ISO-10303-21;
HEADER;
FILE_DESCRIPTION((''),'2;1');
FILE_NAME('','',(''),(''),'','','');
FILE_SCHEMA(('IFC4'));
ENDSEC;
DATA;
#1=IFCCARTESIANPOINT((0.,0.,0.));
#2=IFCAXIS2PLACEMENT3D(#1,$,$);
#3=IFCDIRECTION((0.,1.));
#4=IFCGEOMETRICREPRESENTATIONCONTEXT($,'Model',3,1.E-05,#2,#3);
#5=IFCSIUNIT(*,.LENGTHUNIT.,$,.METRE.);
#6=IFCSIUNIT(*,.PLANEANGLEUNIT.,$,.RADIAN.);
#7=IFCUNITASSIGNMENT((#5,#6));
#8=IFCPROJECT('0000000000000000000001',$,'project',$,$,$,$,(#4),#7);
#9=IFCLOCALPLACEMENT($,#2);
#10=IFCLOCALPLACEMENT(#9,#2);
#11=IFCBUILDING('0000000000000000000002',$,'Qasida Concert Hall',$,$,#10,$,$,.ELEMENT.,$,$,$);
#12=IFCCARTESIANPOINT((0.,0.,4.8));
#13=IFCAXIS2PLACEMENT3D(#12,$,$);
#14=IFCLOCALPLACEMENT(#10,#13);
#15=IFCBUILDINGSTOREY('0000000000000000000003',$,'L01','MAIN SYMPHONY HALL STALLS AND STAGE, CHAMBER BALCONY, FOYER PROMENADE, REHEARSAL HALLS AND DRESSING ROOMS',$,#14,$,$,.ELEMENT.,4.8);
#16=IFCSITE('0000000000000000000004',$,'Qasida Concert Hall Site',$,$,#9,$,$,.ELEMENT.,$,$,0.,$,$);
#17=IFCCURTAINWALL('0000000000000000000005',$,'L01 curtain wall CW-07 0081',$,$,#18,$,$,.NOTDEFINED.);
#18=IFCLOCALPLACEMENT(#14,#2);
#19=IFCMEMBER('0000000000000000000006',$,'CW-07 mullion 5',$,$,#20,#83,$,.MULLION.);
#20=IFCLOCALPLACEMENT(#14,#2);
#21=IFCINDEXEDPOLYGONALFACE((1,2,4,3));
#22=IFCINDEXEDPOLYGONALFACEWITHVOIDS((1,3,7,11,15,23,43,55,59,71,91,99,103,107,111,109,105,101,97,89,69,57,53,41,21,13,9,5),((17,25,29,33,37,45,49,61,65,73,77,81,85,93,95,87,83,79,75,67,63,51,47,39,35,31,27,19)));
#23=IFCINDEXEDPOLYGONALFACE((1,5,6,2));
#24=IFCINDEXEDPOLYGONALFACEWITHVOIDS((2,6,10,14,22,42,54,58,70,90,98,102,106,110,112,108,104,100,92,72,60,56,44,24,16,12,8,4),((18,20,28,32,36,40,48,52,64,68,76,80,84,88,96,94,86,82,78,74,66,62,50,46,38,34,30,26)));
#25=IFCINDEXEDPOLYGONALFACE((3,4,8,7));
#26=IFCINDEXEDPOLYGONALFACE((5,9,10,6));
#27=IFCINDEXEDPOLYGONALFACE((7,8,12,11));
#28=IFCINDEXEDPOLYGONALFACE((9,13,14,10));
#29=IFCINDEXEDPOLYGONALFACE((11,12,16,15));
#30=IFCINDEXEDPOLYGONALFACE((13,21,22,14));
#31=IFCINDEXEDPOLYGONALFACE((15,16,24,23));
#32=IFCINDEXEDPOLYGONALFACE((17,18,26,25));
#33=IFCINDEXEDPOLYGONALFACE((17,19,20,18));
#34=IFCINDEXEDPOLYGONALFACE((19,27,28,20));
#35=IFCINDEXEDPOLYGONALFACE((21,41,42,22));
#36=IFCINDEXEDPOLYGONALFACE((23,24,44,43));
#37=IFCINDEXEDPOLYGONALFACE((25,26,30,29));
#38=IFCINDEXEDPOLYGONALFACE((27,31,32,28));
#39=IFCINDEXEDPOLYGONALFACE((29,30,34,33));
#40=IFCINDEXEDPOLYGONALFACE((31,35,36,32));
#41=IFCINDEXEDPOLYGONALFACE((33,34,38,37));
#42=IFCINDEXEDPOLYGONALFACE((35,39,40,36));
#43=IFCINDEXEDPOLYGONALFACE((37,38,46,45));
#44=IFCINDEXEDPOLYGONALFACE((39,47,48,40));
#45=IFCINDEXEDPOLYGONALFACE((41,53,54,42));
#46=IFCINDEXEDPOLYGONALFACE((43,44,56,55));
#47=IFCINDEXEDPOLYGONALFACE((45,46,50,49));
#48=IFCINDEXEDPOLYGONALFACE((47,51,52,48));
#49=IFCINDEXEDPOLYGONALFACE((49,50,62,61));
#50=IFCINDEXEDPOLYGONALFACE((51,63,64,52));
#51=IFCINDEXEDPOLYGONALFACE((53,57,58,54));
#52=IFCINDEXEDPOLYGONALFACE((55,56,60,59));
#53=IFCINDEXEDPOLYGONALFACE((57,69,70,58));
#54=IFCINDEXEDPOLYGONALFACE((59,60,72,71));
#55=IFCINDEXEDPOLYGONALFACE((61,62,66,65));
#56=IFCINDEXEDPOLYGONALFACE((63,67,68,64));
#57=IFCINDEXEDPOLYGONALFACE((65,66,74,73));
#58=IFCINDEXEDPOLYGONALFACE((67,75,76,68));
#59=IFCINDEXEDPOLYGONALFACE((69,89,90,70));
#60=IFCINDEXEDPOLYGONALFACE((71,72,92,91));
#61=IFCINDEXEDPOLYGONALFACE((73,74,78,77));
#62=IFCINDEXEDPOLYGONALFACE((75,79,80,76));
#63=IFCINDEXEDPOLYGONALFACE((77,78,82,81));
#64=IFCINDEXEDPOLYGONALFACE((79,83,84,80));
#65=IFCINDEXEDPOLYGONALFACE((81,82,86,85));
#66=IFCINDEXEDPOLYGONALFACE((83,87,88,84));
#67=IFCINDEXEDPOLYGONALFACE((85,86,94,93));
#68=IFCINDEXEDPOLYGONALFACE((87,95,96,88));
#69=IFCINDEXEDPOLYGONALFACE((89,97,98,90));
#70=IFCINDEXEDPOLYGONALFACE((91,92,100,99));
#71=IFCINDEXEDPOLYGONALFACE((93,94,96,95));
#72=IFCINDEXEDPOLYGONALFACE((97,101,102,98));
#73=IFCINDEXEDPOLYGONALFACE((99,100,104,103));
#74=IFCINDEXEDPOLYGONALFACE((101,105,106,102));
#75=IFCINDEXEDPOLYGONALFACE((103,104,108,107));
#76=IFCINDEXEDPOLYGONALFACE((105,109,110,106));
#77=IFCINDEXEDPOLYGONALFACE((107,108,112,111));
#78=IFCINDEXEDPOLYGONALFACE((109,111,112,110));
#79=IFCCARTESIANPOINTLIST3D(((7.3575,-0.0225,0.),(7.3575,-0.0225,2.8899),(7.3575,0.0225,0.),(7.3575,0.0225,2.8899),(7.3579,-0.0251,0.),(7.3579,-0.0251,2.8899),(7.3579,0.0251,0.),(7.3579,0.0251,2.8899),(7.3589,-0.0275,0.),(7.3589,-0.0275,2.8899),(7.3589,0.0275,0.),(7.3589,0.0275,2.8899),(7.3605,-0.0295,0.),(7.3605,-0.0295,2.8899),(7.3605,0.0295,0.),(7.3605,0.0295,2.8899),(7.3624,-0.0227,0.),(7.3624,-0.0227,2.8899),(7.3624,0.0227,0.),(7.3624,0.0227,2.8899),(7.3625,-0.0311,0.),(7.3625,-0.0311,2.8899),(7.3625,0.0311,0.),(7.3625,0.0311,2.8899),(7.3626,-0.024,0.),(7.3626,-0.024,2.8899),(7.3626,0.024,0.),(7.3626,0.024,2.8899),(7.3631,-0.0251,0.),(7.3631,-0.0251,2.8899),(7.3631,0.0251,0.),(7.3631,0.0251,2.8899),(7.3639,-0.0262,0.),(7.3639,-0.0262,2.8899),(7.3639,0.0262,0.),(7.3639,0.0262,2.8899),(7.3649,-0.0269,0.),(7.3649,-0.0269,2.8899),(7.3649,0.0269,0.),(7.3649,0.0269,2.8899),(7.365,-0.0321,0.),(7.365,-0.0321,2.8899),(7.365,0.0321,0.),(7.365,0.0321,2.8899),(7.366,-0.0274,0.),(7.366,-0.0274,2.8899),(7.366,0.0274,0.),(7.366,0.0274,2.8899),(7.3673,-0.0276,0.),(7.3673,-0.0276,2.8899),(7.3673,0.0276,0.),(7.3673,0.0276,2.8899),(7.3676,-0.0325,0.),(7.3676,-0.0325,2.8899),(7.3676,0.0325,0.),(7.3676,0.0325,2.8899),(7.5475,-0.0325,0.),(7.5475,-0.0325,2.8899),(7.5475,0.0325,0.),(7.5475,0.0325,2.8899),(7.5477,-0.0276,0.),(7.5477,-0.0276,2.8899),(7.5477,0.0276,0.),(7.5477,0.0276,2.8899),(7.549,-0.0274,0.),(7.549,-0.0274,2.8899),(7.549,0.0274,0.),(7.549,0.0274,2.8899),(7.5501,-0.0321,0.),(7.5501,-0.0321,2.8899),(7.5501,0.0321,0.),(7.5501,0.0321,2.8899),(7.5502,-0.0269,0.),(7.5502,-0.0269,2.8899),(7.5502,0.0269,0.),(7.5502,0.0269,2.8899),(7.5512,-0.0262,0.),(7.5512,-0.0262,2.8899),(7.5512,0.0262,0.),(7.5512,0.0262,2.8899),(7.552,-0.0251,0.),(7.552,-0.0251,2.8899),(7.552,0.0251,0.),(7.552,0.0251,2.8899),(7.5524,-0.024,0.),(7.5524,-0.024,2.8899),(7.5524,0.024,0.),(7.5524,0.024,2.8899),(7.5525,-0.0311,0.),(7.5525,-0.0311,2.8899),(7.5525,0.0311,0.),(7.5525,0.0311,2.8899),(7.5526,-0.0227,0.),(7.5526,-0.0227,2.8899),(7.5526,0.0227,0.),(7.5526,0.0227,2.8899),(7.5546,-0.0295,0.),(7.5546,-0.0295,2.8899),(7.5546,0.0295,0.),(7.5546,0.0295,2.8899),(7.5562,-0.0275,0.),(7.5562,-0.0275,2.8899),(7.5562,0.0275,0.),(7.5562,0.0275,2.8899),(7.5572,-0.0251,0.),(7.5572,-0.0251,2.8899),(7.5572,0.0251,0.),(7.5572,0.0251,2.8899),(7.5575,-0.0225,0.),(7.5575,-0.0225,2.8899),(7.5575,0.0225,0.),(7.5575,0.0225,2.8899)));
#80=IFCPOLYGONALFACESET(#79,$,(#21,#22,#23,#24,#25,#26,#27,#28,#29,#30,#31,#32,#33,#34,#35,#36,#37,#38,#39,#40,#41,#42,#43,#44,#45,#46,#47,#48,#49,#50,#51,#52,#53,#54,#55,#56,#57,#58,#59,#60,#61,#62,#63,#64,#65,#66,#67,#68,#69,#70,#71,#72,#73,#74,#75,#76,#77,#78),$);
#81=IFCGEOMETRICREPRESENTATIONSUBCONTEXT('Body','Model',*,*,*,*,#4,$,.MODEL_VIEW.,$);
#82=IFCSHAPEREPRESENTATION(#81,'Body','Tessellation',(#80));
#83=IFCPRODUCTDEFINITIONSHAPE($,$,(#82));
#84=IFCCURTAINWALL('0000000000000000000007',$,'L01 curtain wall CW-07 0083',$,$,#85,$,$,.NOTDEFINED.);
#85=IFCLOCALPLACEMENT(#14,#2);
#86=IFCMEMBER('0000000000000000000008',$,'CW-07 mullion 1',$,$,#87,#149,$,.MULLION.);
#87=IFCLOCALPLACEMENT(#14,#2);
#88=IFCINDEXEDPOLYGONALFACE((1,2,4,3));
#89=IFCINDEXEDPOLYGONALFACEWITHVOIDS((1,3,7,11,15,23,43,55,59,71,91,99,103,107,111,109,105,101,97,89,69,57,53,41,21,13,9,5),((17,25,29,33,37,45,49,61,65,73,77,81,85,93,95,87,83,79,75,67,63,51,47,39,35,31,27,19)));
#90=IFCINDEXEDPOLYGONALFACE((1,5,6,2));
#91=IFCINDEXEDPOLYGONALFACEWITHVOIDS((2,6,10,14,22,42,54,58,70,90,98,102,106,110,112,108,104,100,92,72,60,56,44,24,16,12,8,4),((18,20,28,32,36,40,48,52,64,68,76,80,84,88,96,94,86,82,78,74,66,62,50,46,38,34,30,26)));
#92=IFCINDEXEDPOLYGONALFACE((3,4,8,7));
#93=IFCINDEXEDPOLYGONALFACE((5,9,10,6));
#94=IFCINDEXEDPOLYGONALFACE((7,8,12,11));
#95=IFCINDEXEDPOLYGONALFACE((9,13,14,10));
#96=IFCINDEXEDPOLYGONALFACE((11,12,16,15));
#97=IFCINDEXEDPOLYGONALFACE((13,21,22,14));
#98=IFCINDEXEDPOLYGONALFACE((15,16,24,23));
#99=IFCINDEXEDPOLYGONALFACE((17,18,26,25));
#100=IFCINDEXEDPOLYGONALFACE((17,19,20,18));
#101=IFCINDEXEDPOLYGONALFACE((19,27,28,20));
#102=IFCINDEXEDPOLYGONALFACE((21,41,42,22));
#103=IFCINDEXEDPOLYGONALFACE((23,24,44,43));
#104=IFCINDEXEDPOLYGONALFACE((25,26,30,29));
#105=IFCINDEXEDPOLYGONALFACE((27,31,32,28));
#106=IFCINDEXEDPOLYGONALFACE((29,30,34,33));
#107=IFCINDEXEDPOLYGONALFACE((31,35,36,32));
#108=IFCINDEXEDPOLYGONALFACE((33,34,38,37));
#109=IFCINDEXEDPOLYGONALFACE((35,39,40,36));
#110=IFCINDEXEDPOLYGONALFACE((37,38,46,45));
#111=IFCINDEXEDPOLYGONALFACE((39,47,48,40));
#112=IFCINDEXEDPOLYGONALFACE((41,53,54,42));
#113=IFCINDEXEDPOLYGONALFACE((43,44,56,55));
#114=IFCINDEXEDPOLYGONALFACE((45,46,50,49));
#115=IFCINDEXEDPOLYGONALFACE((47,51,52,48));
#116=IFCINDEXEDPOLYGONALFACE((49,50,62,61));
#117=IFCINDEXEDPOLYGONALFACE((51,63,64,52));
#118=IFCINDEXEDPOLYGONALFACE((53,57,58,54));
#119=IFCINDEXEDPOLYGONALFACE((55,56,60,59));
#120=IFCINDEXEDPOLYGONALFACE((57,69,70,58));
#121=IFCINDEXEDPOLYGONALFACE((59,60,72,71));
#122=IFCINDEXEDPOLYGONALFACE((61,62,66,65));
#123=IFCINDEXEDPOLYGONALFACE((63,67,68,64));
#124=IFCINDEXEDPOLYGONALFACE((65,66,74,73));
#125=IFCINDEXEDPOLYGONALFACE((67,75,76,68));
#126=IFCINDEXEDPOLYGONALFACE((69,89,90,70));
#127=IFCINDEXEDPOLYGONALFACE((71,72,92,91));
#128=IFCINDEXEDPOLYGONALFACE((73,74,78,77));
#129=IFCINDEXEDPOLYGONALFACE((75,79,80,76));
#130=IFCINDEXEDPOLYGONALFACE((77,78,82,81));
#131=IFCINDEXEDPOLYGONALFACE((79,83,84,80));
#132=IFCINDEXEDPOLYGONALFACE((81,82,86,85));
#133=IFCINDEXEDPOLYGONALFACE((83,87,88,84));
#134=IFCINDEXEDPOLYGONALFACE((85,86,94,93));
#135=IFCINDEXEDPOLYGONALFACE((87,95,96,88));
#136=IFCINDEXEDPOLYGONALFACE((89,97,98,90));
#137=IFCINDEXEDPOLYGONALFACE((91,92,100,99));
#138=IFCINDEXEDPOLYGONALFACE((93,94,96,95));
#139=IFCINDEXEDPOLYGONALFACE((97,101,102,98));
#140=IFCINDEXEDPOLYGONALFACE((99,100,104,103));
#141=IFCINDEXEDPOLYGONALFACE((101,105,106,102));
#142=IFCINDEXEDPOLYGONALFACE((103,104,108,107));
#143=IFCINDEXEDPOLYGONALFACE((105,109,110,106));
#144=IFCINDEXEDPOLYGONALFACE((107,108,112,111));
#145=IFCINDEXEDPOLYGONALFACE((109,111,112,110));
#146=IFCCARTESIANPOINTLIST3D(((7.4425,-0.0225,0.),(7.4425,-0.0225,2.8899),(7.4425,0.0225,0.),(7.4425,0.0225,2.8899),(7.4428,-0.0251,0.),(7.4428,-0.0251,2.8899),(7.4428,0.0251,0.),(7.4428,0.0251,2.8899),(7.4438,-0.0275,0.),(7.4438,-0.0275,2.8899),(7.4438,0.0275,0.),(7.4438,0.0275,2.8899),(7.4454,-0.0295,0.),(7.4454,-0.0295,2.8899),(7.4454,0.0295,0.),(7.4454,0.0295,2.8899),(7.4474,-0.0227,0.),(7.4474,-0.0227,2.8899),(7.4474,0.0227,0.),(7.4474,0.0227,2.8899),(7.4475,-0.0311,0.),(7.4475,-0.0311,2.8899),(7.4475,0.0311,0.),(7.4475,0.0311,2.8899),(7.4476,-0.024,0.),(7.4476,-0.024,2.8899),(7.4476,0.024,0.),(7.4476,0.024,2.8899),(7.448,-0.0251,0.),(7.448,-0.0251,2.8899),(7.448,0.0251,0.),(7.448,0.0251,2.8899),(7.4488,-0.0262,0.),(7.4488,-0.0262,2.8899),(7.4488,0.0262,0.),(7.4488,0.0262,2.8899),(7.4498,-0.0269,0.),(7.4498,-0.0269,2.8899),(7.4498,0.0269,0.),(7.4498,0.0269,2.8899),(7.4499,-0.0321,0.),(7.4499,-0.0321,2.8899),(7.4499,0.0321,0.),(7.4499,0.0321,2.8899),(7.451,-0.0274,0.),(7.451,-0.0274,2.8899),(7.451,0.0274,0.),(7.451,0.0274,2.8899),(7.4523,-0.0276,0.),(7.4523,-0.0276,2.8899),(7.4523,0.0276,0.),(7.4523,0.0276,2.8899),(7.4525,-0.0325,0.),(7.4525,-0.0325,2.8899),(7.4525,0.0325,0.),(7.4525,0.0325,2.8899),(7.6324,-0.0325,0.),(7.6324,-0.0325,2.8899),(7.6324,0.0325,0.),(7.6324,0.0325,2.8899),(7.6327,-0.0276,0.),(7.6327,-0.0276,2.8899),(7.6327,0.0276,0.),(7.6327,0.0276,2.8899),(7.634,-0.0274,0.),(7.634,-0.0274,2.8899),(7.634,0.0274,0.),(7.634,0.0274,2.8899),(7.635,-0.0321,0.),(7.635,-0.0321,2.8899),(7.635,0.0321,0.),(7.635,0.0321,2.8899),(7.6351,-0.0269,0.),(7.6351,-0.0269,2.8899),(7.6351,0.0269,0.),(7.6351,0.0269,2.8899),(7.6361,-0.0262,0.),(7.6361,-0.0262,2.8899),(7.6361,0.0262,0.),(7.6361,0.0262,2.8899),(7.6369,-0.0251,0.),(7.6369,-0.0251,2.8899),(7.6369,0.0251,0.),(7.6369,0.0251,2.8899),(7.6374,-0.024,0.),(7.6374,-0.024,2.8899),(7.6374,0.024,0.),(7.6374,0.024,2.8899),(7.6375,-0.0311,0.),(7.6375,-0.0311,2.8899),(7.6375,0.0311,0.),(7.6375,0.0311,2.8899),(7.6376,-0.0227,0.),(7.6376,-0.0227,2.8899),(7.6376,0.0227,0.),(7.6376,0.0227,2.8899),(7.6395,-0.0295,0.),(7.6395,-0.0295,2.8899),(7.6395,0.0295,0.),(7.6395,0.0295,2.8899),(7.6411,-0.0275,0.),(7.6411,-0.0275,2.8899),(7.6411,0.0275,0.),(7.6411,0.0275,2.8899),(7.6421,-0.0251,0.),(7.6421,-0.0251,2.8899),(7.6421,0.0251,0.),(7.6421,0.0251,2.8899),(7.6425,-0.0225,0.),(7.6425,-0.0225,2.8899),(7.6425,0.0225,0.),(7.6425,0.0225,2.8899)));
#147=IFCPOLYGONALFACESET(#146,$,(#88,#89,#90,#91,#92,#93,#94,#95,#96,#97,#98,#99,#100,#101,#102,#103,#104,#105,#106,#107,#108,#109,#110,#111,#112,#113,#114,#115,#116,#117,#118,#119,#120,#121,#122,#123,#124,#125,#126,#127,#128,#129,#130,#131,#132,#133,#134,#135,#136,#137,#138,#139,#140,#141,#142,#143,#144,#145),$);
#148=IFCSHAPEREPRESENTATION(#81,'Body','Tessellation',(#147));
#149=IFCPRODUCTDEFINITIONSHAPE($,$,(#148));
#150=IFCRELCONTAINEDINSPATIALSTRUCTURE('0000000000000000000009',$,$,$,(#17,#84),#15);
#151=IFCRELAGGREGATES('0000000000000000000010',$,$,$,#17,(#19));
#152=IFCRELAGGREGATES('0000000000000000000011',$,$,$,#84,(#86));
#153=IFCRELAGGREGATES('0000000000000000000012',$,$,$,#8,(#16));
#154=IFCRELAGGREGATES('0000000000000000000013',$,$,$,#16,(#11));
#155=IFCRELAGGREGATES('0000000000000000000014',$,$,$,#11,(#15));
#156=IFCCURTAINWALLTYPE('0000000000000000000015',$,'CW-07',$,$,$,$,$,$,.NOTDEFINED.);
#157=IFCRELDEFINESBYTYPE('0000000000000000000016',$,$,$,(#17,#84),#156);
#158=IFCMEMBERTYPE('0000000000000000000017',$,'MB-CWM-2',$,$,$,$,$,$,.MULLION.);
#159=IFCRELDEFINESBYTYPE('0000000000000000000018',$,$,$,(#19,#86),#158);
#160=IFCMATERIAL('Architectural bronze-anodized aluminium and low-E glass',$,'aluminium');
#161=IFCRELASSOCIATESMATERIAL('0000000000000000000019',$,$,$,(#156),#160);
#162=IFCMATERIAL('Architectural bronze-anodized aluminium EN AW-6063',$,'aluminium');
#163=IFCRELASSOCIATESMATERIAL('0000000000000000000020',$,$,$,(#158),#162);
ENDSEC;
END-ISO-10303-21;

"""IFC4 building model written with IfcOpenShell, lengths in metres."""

from ifc_helpers import new_model, si_unit, direction, frame, origin, origin_2d, place, context, subcontext, project, spatial, hollow_rectangle, extrude, material, material_profile, profile_set, type_object, element, aggregate, save


model = new_model("IFC4")

# Units and contexts
model_context = context("Model", 3, precision=1e-05, world=origin(), true_north=direction((0.0, 1.0)))
body_context = subcontext(model_context, "Body", "Model", "MODEL_VIEW")
ifc_project = project(units=[si_unit("LENGTHUNIT", "METRE"), si_unit("PLANEANGLEUNIT", "RADIAN")], contexts=[model_context])

# Site, building, storey
site_placement = place(None, origin())
site = spatial("IfcSite", under=ifc_project, at=site_placement, Name="Qasida Concert Hall Site", CompositionType="ELEMENT", RefElevation=0.0)
building_placement = place(site_placement, origin())
building = spatial("IfcBuilding", under=site, at=building_placement, Name="Qasida Concert Hall", CompositionType="ELEMENT")
storey_placement = place(building_placement, frame((0.0, 0.0, 4.8)))
storey = spatial("IfcBuildingStorey", under=building, at=storey_placement, Name="L01", Description="MAIN SYMPHONY HALL STALLS AND STAGE, CHAMBER BALCONY, FOYER PROMENADE, REHEARSAL HALLS AND DRESSING ROOMS", CompositionType="ELEMENT", Elevation=4.8)

# Curtain wall, member
ifc_material_1 = material(Name="Architectural bronze-anodized aluminium and low-E glass", Category="aluminium")
curtain_wall_type = type_object("IfcCurtainWallType", Name="CW-07", PredefinedType="NOTDEFINED", material=ifc_material_1)
curtain_wall_1_placement = place(storey_placement, origin())
curtain_wall_1 = element("IfcCurtainWall", 1, at=curtain_wall_1_placement, inside=storey, type_object=curtain_wall_type, Name="L01 curtain wall CW-07 0081", PredefinedType="NOTDEFINED")
ifc_material_2 = material(Name="Architectural bronze-anodized aluminium EN AW-6063", Category="aluminium")
ifc_material_profile_1 = material_profile(ifc_material_2, hollow_rectangle(XDim=0.0649, YDim=0.2, WallThickness=0.0049, InnerFilletRadius=0.0049, OuterFilletRadius=0.01, at=origin_2d()), Name="CWM 200x65x5")
ifc_profile_set_1 = profile_set([ifc_material_profile_1], Name="Architectural bronze-anodized aluminium EN AW-6063")
member_type_1 = type_object("IfcMemberType", Name="MB-CWM-2", PredefinedType="MULLION", material=ifc_profile_set_1)
member_1_placement = place(storey_placement, frame((7.4575, 0.0, 0.0), z_axis=(0.0, 0.0, 1.0), x_axis=(0.0, 1.0, 0.0)))
member_1 = element("IfcMember", 2, at=member_1_placement, type_object=member_type_1, Name="CW-07 mullion 5", PredefinedType="MULLION", context=body_context, shape_type="SweptSolid", body=[
    extrude(hollow_rectangle(XDim=0.0649, YDim=0.2, WallThickness=0.0049, InnerFilletRadius=0.0049, OuterFilletRadius=0.01, at=origin_2d()), origin(), (0.0, 0.0, 1.0), 2.8899),
])

# Curtain wall, member
curtain_wall_2_placement = place(storey_placement, origin())
curtain_wall_2 = element("IfcCurtainWall", 3, at=curtain_wall_2_placement, inside=storey, type_object=curtain_wall_type, Name="L01 curtain wall CW-07 0083", PredefinedType="NOTDEFINED")
member_2_placement = place(storey_placement, frame((7.5425, 0.0, 0.0), z_axis=(0.0, 0.0, 1.0), x_axis=(0.0, 1.0, 0.0)))
member_2 = element("IfcMember", 4, at=member_2_placement, type_object=member_type_1, Name="CW-07 mullion 1", PredefinedType="MULLION", context=body_context, shape_type="SweptSolid", body=[
    extrude(hollow_rectangle(XDim=0.0649, YDim=0.2, WallThickness=0.0049, InnerFilletRadius=0.0049, OuterFilletRadius=0.01, at=origin_2d()), origin(), (0.0, 0.0, 1.0), 2.8899),
])

aggregate(curtain_wall_1, [member_1])
aggregate(curtain_wall_2, [member_2])

save(model, "model.ifc")
